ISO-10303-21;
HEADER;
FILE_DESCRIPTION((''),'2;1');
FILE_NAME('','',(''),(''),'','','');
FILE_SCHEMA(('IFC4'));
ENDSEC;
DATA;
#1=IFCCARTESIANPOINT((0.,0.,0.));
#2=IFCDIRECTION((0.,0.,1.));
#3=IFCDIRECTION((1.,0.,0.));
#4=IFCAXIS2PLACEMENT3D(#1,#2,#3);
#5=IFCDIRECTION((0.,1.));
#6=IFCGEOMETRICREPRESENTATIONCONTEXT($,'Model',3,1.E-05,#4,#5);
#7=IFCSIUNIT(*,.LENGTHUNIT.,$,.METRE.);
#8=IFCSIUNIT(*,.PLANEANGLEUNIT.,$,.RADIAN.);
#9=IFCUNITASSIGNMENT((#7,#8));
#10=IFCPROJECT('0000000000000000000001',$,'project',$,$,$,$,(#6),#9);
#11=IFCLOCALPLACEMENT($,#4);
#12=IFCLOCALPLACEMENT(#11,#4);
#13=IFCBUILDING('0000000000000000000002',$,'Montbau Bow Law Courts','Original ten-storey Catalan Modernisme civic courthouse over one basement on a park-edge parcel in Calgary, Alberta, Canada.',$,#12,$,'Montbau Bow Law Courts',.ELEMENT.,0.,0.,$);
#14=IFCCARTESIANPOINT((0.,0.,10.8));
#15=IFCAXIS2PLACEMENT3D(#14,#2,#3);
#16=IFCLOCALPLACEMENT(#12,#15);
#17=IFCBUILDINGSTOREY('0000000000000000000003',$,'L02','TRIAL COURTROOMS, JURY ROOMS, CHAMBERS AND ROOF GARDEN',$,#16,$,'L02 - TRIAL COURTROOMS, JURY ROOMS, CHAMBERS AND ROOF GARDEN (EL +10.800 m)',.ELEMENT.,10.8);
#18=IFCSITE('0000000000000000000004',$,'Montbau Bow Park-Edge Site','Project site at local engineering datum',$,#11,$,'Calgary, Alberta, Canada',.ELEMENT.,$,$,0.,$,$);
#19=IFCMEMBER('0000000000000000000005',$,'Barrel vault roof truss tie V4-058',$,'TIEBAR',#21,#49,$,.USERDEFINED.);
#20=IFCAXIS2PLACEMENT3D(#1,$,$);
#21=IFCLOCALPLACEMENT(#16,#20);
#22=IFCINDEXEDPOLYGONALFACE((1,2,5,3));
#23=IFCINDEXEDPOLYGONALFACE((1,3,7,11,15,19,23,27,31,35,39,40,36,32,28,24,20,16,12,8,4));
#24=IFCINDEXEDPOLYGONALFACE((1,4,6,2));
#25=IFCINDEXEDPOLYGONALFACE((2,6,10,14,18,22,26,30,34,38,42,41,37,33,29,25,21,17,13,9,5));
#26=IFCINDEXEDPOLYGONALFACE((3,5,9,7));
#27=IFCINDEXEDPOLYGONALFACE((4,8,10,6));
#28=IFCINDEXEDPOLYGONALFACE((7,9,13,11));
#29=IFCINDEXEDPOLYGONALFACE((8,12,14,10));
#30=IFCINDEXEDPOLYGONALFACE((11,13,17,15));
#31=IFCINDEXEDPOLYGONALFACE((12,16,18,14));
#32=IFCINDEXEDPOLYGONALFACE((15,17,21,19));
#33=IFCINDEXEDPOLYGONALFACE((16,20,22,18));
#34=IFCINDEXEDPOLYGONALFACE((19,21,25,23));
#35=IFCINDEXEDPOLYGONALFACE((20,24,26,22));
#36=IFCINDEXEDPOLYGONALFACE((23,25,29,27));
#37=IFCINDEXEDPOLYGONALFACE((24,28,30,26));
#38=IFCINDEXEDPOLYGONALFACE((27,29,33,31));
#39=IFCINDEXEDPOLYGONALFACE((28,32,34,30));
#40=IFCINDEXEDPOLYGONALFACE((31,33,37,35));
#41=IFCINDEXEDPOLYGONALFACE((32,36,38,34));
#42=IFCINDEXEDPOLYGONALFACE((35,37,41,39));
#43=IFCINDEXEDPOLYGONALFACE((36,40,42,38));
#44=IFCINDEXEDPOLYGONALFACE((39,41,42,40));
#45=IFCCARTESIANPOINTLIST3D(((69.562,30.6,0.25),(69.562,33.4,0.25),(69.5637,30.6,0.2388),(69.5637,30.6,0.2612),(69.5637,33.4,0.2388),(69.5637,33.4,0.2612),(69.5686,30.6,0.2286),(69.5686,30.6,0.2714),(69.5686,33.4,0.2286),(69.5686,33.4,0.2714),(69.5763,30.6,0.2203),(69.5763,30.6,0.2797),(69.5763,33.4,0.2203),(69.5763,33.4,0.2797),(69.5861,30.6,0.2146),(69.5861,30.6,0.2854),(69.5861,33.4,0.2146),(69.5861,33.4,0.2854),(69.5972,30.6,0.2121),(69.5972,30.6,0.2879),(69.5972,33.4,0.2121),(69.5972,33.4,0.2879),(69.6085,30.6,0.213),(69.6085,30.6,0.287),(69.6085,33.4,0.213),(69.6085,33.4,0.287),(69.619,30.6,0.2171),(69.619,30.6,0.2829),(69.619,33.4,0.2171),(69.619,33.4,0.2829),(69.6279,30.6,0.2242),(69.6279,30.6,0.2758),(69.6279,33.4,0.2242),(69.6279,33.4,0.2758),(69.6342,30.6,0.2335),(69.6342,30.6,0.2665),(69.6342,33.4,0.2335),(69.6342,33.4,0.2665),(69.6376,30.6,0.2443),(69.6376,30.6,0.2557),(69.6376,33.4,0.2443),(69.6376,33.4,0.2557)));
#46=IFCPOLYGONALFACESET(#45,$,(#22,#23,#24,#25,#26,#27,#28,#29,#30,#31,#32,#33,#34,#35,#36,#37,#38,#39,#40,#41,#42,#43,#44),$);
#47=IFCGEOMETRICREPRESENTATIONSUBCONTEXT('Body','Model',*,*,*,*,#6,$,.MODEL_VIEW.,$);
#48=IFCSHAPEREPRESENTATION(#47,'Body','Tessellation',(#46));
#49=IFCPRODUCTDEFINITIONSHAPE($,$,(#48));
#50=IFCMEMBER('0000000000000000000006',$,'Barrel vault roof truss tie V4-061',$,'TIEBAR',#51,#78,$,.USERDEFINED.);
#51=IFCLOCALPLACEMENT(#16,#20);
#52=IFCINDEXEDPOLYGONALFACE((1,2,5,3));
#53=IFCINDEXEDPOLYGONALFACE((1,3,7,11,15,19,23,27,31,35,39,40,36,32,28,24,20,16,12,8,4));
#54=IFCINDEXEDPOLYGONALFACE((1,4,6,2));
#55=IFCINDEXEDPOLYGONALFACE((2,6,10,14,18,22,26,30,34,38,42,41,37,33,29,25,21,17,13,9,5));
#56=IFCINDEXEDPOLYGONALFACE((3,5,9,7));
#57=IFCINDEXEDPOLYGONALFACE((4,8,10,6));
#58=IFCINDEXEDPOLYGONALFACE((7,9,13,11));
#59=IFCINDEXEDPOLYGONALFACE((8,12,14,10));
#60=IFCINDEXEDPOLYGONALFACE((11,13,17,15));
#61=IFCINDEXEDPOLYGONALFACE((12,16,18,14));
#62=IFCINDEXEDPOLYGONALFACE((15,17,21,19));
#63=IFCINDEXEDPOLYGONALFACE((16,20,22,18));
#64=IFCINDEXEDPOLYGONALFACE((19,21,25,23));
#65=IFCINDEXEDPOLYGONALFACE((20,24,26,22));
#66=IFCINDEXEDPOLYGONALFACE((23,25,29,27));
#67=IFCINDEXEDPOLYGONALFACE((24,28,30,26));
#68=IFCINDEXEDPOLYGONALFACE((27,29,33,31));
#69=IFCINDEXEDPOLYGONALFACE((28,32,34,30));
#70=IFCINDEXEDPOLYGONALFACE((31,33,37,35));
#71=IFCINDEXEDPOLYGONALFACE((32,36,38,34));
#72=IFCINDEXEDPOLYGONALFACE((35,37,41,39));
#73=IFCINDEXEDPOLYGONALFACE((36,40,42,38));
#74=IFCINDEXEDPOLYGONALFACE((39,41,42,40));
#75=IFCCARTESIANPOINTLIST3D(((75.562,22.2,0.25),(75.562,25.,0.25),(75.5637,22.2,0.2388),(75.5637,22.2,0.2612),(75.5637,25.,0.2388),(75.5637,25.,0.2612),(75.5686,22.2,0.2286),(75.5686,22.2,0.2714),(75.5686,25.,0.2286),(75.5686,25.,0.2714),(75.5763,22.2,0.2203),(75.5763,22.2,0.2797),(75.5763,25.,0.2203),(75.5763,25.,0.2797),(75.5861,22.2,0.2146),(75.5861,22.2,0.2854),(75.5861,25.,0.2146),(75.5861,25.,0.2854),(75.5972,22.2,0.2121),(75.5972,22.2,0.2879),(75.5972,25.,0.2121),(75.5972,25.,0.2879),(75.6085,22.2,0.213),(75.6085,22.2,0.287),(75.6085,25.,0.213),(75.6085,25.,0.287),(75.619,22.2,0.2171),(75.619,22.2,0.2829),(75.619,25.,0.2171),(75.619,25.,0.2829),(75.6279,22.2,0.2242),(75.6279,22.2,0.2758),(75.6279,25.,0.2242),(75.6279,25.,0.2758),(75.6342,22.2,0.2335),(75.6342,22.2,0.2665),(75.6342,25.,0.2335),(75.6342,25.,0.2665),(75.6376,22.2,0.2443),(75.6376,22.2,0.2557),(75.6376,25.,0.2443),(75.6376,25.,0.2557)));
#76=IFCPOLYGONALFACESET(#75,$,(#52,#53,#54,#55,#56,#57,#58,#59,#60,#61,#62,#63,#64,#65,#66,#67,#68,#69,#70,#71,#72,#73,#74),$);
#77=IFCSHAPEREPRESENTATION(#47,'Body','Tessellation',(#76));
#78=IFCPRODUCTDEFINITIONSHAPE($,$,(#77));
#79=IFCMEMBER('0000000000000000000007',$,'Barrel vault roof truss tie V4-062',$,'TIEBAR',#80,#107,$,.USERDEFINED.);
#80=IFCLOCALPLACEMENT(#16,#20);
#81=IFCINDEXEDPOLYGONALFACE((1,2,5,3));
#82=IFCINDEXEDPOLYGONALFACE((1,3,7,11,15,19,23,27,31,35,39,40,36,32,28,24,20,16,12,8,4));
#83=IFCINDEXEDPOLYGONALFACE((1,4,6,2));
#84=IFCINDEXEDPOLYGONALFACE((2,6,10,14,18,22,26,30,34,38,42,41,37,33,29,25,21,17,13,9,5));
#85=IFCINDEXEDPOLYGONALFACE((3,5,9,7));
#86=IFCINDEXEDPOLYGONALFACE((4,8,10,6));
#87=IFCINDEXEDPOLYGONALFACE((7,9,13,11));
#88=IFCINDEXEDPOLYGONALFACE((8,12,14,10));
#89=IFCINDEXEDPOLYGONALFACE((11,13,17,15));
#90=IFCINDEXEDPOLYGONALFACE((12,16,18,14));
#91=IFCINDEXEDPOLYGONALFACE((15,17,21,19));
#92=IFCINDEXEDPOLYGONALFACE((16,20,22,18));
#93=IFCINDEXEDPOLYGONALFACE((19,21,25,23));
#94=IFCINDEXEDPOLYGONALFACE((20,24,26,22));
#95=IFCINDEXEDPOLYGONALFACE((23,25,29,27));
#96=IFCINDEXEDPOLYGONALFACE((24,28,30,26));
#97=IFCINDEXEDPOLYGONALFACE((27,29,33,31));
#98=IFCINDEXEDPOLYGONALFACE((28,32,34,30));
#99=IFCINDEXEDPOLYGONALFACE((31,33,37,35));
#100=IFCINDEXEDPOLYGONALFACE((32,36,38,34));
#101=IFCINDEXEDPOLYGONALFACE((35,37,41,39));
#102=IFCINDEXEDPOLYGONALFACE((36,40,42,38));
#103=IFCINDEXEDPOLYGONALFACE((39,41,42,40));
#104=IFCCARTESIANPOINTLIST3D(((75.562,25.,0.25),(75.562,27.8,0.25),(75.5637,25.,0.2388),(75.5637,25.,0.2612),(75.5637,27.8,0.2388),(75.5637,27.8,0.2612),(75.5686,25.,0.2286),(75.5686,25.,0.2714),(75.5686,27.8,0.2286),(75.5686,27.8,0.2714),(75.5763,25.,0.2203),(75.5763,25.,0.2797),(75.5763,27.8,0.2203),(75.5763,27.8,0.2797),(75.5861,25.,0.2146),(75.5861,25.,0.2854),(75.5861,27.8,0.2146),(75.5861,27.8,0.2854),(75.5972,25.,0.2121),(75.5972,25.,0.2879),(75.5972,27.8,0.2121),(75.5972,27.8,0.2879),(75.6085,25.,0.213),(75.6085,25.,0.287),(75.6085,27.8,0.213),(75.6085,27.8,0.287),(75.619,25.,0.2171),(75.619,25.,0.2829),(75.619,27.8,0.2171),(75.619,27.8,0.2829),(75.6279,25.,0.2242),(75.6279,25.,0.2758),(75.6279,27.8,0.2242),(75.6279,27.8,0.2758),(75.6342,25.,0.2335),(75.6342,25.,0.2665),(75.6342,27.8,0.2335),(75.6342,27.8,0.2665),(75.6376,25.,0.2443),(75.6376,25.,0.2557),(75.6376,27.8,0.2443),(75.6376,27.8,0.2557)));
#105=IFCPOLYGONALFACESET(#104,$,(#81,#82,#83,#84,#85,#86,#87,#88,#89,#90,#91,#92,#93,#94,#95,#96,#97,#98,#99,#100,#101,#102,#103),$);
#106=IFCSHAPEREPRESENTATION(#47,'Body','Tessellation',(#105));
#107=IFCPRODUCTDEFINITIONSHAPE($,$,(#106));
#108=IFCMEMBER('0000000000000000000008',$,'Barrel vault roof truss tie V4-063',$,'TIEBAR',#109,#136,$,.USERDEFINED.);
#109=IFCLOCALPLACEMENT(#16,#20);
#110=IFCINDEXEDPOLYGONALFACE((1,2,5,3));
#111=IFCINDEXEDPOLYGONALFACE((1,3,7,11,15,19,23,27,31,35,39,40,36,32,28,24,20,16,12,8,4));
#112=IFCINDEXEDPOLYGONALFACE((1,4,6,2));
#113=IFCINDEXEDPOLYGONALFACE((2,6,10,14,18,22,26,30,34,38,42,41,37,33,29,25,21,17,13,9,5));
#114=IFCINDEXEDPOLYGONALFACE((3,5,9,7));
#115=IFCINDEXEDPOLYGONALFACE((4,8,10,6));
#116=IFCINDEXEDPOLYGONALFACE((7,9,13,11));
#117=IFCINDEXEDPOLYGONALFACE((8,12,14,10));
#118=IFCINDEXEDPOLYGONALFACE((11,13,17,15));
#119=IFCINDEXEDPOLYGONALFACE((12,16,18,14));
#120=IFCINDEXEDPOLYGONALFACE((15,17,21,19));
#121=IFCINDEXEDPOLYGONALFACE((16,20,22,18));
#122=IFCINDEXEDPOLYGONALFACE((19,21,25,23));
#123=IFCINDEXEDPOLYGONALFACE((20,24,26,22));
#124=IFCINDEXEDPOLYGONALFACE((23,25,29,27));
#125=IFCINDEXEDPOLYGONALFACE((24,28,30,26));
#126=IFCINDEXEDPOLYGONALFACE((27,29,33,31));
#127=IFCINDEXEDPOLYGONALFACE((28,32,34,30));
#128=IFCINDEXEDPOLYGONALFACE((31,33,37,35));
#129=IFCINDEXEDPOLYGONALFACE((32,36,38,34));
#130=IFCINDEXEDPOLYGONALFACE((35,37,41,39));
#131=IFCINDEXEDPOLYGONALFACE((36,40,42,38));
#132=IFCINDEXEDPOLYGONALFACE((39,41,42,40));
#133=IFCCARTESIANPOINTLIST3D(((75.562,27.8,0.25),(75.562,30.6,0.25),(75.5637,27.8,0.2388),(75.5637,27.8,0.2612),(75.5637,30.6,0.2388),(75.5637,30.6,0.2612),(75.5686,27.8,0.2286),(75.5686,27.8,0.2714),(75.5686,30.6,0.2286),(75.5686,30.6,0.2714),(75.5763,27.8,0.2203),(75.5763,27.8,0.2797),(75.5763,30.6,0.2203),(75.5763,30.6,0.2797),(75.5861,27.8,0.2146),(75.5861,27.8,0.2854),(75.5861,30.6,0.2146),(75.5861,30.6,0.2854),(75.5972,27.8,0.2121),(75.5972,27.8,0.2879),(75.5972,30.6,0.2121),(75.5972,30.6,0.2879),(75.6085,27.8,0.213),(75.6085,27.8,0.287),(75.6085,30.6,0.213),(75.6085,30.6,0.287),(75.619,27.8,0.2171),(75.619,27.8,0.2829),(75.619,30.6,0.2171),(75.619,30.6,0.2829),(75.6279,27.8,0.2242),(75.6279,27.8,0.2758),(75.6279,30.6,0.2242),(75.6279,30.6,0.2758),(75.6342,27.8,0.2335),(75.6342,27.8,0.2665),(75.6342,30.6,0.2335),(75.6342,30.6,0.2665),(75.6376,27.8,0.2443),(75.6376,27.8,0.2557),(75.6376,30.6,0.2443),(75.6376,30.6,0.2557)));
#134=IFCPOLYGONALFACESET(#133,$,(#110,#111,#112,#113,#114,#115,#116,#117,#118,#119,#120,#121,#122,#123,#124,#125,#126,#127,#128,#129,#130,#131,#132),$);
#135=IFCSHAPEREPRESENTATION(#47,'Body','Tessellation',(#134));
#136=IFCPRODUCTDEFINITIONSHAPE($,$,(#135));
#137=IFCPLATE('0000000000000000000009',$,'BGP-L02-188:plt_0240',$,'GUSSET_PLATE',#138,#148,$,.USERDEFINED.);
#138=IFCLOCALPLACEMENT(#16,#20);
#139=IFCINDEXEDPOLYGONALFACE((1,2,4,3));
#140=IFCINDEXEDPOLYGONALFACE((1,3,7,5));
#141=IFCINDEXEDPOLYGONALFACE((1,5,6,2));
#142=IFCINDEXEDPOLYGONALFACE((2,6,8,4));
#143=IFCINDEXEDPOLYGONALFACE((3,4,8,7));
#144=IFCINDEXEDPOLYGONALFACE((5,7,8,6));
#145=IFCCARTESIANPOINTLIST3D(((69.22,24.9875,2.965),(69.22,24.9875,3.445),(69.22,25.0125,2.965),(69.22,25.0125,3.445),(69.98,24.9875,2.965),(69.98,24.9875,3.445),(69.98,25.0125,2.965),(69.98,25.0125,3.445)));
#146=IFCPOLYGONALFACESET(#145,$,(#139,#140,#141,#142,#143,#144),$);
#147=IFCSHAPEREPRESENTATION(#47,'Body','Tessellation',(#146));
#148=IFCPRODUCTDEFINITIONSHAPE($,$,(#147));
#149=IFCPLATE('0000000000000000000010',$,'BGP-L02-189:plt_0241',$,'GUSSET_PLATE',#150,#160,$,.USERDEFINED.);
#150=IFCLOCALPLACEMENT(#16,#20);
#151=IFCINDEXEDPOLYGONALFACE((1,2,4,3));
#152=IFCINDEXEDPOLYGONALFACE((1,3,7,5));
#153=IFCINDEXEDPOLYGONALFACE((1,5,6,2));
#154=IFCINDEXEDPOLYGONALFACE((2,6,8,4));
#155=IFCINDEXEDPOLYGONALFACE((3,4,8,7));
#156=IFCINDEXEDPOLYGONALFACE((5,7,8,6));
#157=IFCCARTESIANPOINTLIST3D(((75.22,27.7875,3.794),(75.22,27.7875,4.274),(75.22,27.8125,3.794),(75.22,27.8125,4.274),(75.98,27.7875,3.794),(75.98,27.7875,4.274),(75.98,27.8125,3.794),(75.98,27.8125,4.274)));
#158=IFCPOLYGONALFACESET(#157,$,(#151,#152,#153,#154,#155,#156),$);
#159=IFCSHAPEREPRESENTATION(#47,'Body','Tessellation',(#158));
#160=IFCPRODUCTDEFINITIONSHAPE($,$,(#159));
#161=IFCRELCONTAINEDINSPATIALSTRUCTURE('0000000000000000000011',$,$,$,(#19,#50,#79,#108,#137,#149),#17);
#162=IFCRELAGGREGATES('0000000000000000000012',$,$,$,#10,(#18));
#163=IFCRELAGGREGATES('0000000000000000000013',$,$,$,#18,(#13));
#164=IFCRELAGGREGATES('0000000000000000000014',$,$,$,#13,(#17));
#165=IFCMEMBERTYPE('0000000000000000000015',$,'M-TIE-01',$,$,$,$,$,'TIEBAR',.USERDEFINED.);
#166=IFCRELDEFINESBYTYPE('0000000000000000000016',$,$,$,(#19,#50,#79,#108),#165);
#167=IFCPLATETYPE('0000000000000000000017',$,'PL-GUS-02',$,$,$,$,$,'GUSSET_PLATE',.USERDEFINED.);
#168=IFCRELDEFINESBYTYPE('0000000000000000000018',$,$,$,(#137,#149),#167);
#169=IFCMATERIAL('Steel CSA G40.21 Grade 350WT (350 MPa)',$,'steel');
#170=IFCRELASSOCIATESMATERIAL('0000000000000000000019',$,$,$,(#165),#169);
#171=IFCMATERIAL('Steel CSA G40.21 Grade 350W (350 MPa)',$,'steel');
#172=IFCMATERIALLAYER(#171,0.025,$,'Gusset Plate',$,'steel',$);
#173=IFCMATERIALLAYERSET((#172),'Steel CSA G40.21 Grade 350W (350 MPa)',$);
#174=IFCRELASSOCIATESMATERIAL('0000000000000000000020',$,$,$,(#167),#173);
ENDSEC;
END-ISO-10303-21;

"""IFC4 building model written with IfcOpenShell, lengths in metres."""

from ifc_helpers import new_model, si_unit, direction, frame, origin_with_axes, origin_2d_with_axis, place, context, subcontext, project, spatial, rectangle, circle, extrude, material, layer, layer_set, material_profile, profile_set, type_object, element, save


model = new_model("IFC4")

# Units and contexts
model_context = context("Model", 3, precision=1e-05, world=origin_with_axes(), true_north=direction((0.0, 1.0)))
body_context = subcontext(model_context, "Body", "Model", "MODEL_VIEW")
ifc_project = project(units=[si_unit("LENGTHUNIT", "METRE"), si_unit("PLANEANGLEUNIT", "RADIAN")], contexts=[model_context])

# Site, building, storey
site_placement = place(None, origin_with_axes())
site = spatial("IfcSite", under=ifc_project, at=site_placement, Name="Montbau Bow Park-Edge Site", Description="Project site at local engineering datum", LongName="Calgary, Alberta, Canada", CompositionType="ELEMENT", RefElevation=0.0)
building_placement = place(site_placement, origin_with_axes())
building = spatial("IfcBuilding", under=site, at=building_placement, Name="Montbau Bow Law Courts", Description="Original ten-storey Catalan Modernisme civic courthouse over one basement on a park-edge parcel in Calgary, Alberta, Canada.", LongName="Montbau Bow Law Courts", CompositionType="ELEMENT", ElevationOfRefHeight=0.0, ElevationOfTerrain=0.0)
storey_placement = place(building_placement, frame((0.0, 0.0, 10.8), z_axis=(0.0, 0.0, 1.0), x_axis=(1.0, 0.0, 0.0)))
storey = spatial("IfcBuildingStorey", under=building, at=storey_placement, Name="L02", Description="TRIAL COURTROOMS, JURY ROOMS, CHAMBERS AND ROOF GARDEN", LongName="L02 - TRIAL COURTROOMS, JURY ROOMS, CHAMBERS AND ROOF GARDEN (EL +10.800 m)", CompositionType="ELEMENT", Elevation=10.8)

# Shared definitions
ifc_material_1 = material(Name="Steel CSA G40.21 Grade 350W (350 MPa)", Category="steel")

# Shared definitions
ifc_material_2 = material(Name="Steel CSA G40.21 Grade 350WT (350 MPa)", Category="steel")

# Members
ifc_material_profile_1 = material_profile(ifc_material_2, circle(Radius=0.038, at=origin_2d_with_axis()), Name="ROD76", Category="Main", Priority=0)
ifc_profile_set_1 = profile_set([ifc_material_profile_1], Name="Steel CSA G40.21 Grade 350WT (350 MPa)")
member_type_1 = type_object("IfcMemberType", Name="M-TIE-01", ElementType="TIEBAR", PredefinedType="USERDEFINED", material=ifc_profile_set_1)
for number, where, z_axis, x_axis, name in (
    (1, (69.6, 30.6, 11.05), (0.0, 1.0, 0.0), (-1.0, 0.0, 0.0), "Barrel vault roof truss tie V4-058"),
    (2, (75.6, 22.2, 11.05), (0.0, 1.0, 0.0), (-1.0, 0.0, 0.0), "Barrel vault roof truss tie V4-061"),
    (3, (75.6, 25.0, 11.05), (0.0, 1.0, 0.0), (-1.0, 0.0, 0.0), "Barrel vault roof truss tie V4-062"),
    (4, (75.6, 27.8, 11.05), (0.0, 1.0, 0.0), (-1.0, 0.0, 0.0), "Barrel vault roof truss tie V4-063"),
):
    element("IfcMember", number, at=place(None, frame(where, z_axis=z_axis, x_axis=x_axis)), inside=storey, type_object=member_type_1, Name=name, ObjectType="TIEBAR", PredefinedType="USERDEFINED", context=body_context, shape_type="SweptSolid", body=[
        extrude(circle(Radius=0.038, at=origin_2d_with_axis()), origin_with_axes(), (0.0, 0.0, 1.0), 2.8),
    ])

# Plates
ifc_layer = layer(ifc_material_1, 0.025, Name="Gusset Plate", Category="steel")
ifc_layer_set = layer_set([ifc_layer], Name="Steel CSA G40.21 Grade 350W (350 MPa)")
plate_type = type_object("IfcPlateType", Name="PL-GUS-02", ElementType="GUSSET_PLATE", PredefinedType="USERDEFINED", material=ifc_layer_set)
for number, where, z_axis, x_axis, name in (
    (5, (69.6, 25.0, 13.765), (0.0, 0.0, 1.0), (1.0, 0.0, 0.0), "BGP-L02-188:plt_0240"),
    (6, (75.6, 27.8, 14.594), (0.0, 0.0, 1.0), (1.0, 0.0, 0.0), "BGP-L02-189:plt_0241"),
):
    element("IfcPlate", number, at=place(None, frame(where, z_axis=z_axis, x_axis=x_axis)), inside=storey, type_object=plate_type, Name=name, ObjectType="GUSSET_PLATE", PredefinedType="USERDEFINED", context=body_context, shape_type="SweptSolid", body=[
        extrude(rectangle(XDim=0.76, YDim=0.025, at=origin_2d_with_axis()), origin_with_axes(), (0.0, 0.0, 1.0), 0.48),
    ])

save(model, "model.ifc")
